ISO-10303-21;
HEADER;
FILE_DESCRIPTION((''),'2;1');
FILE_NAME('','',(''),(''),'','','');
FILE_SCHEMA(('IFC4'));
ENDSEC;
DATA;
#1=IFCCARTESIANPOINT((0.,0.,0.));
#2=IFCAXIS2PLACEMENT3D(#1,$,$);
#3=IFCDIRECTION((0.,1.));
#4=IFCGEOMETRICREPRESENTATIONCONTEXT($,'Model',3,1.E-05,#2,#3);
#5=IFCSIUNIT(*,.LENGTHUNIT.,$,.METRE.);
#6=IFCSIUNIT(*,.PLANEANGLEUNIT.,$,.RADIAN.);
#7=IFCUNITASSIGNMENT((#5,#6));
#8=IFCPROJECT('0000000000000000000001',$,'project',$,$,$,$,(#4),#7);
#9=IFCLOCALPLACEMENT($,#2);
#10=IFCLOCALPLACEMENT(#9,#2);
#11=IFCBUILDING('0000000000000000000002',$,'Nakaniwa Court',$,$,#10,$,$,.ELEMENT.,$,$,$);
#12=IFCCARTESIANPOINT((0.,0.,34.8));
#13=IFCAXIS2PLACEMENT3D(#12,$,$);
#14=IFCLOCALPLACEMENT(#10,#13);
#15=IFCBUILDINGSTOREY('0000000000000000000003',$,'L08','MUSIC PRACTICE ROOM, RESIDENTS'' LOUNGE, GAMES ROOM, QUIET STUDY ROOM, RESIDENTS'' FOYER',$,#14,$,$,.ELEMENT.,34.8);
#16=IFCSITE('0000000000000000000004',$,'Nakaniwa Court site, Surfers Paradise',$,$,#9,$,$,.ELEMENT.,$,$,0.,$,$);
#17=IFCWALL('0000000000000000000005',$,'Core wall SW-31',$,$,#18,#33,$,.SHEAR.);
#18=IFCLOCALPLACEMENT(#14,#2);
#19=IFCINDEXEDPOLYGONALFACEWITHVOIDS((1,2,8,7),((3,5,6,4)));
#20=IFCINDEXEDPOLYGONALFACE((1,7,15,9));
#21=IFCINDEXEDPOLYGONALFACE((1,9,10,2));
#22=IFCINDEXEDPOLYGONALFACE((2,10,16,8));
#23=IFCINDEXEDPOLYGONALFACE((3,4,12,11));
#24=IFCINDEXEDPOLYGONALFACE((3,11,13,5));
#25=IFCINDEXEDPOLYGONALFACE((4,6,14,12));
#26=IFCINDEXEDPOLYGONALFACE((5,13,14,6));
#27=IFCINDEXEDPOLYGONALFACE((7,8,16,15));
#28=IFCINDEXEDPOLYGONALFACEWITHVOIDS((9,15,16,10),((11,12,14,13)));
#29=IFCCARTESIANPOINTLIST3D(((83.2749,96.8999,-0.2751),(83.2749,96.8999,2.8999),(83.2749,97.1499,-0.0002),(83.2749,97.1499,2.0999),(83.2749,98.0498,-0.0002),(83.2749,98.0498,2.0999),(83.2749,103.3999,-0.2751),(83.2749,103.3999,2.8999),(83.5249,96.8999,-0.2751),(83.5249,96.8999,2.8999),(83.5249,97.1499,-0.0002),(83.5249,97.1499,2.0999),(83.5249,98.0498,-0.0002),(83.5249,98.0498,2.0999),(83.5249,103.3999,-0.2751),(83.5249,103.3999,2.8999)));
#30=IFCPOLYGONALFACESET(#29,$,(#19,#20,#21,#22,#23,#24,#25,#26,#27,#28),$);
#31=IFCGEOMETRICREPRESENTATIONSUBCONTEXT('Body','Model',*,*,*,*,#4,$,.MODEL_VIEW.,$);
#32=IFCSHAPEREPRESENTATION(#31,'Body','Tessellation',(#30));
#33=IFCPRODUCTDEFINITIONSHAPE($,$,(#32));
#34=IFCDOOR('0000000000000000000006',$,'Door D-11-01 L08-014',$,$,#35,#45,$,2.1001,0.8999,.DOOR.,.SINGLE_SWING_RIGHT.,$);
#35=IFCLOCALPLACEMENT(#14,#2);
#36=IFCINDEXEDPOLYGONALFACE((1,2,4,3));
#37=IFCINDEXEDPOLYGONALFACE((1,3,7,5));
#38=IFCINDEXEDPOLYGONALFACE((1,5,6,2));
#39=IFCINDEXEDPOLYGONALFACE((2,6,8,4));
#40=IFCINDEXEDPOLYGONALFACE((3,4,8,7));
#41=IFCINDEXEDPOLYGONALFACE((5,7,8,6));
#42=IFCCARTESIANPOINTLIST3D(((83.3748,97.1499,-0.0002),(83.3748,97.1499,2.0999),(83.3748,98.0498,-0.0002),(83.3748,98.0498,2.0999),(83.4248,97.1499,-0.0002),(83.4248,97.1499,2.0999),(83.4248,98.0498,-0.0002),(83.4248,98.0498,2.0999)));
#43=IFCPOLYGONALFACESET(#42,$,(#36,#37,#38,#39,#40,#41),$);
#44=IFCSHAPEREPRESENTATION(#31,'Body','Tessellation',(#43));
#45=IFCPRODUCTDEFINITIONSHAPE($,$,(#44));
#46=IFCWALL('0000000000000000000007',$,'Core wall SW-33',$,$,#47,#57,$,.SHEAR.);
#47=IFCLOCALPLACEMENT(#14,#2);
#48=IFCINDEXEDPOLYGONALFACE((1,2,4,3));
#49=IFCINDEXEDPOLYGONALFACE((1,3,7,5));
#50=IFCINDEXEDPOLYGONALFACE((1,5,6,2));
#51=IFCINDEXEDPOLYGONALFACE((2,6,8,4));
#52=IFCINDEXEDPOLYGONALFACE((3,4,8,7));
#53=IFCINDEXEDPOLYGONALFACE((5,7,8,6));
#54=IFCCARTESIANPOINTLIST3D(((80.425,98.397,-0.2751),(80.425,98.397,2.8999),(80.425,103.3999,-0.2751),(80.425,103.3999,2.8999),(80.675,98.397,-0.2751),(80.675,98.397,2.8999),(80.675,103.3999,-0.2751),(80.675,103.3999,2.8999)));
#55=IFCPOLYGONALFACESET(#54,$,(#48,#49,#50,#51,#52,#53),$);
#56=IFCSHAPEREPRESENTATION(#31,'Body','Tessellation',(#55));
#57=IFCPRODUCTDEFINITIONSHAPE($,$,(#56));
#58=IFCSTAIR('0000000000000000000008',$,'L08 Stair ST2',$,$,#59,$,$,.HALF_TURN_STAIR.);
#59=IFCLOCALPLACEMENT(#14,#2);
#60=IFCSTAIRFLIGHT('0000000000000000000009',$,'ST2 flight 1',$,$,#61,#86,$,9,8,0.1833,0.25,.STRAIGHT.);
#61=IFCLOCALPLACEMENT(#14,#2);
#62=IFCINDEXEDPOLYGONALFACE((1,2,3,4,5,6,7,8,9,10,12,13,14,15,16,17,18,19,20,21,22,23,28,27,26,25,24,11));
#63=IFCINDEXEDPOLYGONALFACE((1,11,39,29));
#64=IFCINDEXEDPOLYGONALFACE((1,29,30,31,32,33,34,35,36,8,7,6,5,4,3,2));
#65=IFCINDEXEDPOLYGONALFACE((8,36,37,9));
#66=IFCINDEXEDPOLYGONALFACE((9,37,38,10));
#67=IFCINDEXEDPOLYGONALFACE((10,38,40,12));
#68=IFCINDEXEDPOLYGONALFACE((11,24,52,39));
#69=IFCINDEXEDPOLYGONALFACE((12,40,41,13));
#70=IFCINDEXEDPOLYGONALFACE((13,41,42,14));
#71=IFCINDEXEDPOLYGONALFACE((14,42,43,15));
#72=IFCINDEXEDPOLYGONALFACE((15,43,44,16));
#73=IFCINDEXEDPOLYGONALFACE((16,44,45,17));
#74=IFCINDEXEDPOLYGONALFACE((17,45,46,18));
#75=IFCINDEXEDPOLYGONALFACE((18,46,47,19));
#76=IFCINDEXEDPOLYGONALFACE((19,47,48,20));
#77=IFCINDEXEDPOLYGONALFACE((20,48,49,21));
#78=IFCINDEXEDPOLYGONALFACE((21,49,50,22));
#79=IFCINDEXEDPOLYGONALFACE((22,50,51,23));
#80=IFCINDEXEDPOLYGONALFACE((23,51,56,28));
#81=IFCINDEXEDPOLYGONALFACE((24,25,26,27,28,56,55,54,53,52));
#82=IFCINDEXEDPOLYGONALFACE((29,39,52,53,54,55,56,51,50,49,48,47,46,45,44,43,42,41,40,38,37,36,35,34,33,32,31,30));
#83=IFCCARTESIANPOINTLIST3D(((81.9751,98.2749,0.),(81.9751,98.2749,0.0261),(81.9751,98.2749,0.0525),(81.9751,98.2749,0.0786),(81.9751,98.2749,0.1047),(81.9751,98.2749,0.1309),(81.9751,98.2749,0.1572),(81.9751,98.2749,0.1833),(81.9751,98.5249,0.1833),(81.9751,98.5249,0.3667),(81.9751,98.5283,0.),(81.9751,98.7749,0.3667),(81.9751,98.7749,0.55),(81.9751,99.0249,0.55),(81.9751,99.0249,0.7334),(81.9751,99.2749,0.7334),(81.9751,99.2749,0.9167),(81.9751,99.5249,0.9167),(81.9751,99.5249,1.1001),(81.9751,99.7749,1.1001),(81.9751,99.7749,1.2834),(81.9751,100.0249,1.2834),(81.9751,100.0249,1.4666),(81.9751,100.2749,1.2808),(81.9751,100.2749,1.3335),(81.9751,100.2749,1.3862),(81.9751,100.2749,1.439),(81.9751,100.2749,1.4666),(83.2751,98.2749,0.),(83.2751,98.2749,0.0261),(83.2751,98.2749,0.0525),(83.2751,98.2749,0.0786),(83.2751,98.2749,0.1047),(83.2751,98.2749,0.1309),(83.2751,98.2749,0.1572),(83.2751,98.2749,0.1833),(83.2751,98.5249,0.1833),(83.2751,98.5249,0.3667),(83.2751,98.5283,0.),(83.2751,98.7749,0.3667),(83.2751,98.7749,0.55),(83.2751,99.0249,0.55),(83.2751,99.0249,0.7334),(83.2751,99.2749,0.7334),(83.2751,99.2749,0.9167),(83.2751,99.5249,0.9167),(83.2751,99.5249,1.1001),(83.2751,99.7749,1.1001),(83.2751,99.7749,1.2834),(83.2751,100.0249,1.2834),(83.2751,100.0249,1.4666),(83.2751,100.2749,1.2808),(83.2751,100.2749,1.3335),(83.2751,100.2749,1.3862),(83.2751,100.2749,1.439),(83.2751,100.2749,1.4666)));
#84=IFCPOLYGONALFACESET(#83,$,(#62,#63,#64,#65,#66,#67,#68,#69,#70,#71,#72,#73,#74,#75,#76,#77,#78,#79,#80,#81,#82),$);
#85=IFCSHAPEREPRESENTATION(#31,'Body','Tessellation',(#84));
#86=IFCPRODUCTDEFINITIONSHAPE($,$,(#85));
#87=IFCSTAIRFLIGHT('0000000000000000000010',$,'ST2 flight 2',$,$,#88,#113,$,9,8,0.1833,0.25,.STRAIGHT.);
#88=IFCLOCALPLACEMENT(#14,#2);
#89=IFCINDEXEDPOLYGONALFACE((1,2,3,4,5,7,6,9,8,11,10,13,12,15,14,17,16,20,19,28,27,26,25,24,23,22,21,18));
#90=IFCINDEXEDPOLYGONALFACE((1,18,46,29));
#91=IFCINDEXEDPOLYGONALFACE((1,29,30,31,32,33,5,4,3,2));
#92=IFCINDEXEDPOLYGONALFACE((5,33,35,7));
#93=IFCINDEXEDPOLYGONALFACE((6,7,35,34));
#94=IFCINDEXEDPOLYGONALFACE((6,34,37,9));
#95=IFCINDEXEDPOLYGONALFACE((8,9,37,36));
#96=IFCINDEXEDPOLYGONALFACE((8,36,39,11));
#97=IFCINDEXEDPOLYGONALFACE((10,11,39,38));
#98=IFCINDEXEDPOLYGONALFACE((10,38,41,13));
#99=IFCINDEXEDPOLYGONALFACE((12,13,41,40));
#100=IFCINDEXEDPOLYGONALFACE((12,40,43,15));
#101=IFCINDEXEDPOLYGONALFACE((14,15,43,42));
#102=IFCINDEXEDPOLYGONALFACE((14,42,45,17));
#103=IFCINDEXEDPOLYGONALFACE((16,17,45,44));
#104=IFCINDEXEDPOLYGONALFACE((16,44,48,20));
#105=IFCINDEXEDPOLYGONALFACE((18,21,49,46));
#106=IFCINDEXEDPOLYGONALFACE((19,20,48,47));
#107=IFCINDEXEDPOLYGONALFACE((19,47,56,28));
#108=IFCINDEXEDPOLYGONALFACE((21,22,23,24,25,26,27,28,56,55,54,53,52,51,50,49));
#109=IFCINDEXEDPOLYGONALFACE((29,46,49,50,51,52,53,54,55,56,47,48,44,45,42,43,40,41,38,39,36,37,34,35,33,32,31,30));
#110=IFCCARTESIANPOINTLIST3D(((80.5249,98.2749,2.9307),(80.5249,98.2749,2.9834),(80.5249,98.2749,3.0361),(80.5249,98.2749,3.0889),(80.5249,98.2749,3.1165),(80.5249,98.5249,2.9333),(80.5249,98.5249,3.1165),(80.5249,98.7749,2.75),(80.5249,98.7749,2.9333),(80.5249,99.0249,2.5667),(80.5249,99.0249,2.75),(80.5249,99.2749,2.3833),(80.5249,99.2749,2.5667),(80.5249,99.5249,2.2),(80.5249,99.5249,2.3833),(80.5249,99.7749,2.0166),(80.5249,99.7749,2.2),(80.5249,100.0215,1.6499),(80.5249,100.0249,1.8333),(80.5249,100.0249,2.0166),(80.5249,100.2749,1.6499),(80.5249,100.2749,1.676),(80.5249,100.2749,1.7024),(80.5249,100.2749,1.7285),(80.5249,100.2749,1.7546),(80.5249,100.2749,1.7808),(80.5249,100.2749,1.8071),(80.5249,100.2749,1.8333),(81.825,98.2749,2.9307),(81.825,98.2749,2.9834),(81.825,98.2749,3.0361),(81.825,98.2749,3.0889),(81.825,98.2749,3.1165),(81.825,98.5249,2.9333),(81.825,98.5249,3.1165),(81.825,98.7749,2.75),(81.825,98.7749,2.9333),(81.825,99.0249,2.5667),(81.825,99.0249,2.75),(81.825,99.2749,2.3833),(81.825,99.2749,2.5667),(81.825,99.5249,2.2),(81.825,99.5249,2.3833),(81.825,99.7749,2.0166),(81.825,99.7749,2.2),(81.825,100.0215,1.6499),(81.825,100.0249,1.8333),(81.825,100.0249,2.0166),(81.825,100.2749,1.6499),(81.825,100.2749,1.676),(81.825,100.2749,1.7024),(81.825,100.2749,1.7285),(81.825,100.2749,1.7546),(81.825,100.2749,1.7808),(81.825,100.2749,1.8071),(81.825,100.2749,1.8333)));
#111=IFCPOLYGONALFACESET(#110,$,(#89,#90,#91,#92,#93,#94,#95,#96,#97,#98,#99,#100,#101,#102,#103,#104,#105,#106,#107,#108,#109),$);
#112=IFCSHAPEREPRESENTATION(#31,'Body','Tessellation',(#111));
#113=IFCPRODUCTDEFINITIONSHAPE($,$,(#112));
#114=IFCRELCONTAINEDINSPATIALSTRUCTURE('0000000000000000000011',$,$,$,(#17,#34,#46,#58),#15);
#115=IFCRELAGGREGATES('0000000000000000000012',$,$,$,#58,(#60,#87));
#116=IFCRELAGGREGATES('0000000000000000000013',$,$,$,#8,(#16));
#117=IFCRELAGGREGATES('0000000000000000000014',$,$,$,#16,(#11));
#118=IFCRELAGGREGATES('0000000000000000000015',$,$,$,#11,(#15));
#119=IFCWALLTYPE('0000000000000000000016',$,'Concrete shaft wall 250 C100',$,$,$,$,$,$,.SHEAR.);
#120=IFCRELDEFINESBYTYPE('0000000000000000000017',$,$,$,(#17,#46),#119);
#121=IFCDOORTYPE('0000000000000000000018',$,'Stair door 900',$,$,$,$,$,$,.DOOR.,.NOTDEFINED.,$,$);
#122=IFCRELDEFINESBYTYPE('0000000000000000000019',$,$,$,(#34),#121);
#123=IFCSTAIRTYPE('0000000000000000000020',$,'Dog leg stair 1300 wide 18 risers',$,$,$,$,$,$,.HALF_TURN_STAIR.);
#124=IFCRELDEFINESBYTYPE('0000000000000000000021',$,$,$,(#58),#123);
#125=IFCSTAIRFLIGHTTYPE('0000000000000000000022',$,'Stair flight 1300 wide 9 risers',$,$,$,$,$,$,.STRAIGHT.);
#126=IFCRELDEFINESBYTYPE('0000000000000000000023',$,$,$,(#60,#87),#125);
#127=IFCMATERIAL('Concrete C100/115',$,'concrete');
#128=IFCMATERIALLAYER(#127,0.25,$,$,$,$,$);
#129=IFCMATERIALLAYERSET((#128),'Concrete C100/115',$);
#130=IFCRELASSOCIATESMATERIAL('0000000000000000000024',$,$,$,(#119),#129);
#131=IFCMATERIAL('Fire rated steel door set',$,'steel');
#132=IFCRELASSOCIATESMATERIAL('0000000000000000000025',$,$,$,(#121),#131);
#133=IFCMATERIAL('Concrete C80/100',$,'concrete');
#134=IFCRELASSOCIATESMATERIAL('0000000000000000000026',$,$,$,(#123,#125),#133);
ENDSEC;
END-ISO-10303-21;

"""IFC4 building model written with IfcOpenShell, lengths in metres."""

from ifc_helpers import new_model, si_unit, direction, frame, frame_2d, origin, place, context, subcontext, project, spatial, polyline, rectangle, outline, extrude, material, layer, layer_set, type_object, element, fill, aggregate, save


model = new_model("IFC4")

# Units and contexts
model_context = context("Model", 3, precision=1e-05, world=origin(), true_north=direction((0.0, 1.0)))
body_context = subcontext(model_context, "Body", "Model", "MODEL_VIEW")
ifc_project = project(units=[si_unit("LENGTHUNIT", "METRE"), si_unit("PLANEANGLEUNIT", "RADIAN")], contexts=[model_context])

# Site, building, storey
site_placement = place(None, origin())
site = spatial("IfcSite", under=ifc_project, at=site_placement, Name="Nakaniwa Court site, Surfers Paradise", CompositionType="ELEMENT", RefElevation=0.0)
building_placement = place(site_placement, origin())
building = spatial("IfcBuilding", under=site, at=building_placement, Name="Nakaniwa Court", CompositionType="ELEMENT")
storey_placement = place(building_placement, frame((0.0, 0.0, 34.8)))
storey = spatial("IfcBuildingStorey", under=building, at=storey_placement, Name="L08", Description="MUSIC PRACTICE ROOM, RESIDENTS' LOUNGE, GAMES ROOM, QUIET STUDY ROOM, RESIDENTS' FOYER", CompositionType="ELEMENT", Elevation=34.8)

# Shared definitions
ifc_material_1 = material(Name="Concrete C80/100", Category="concrete")

# Shared definitions
ifc_material_2 = material(Name="Fire rated steel door set", Category="steel")

# Shared definitions
ifc_material_3 = material(Name="Concrete C100/115", Category="concrete")
ifc_layer_1 = layer(ifc_material_3, 0.25)
ifc_layer_set_1 = layer_set([ifc_layer_1], Name="Concrete C100/115")
wall_type_1 = type_object("IfcWallType", Name="Concrete shaft wall 250 C100", PredefinedType="SHEAR", material=ifc_layer_set_1)

# Wall, opening, door
wall_1_placement = place(storey_placement, frame((83.3999, 103.3999, -0.2751), z_axis=(0.0, 0.0, 1.0), x_axis=(0.0, -1.0, 0.0)))
wall_1 = element("IfcWall", 1, at=wall_1_placement, inside=storey, type_object=wall_type_1, Name="Core wall SW-31", PredefinedType="SHEAR", context=body_context, shape_type="SweptSolid", body=[
    extrude(rectangle(XDim=6.5, YDim=0.25, at=frame_2d((3.25, 0.0))), origin(), (0.0, 0.0, 1.0), 3.175),
])
opening_1_placement = place(wall_1_placement, frame((5.3501, 0.0, 0.2749)))
opening_1 = element("IfcOpeningElement", 2, at=opening_1_placement, cuts=wall_1, PredefinedType="OPENING", context=body_context, shape_type="SweptSolid", body=[
    extrude(rectangle(XDim=0.8999, YDim=2.1001, at=frame_2d((0.45, 1.05))), frame((0.0, 0.135, 0.0), z_axis=(0.0, -1.0, 0.0), x_axis=(1.0, 0.0, 0.0)), (0.0, 0.0, 1.0), 0.27),
])
door_type_1 = type_object("IfcDoorType", Name="Stair door 900", OperationType="NOTDEFINED", PredefinedType="DOOR", material=ifc_material_2)
door_1_placement = place(opening_1_placement, origin())
door_1 = element("IfcDoor", 3, at=door_1_placement, inside=storey, type_object=door_type_1, Name="Door D-11-01 L08-014", OperationType="SINGLE_SWING_RIGHT", OverallHeight=2.1001, OverallWidth=0.8999, PredefinedType="DOOR", context=body_context, shape_type="SweptSolid", body=[
    extrude(rectangle(XDim=0.8999, YDim=2.1001, at=frame_2d((0.45, 1.05))), frame((0.0, 0.0249, 0.0), z_axis=(0.0, -1.0, 0.0), x_axis=(1.0, 0.0, 0.0)), (0.0, 0.0, 1.0), 0.05),
])
fill(opening_1, door_1)

# Wall
wall_2_placement = place(storey_placement, frame((80.55, 98.397, -0.2751), z_axis=(0.0, 0.0, 1.0), x_axis=(0.0, 1.0, 0.0)))
element("IfcWall", 4, at=wall_2_placement, inside=storey, type_object=wall_type_1, Name="Core wall SW-33", PredefinedType="SHEAR", context=body_context, shape_type="SweptSolid", body=[
    extrude(rectangle(XDim=5.0029, YDim=0.25, at=frame_2d((2.5015, 0.0))), origin(), (0.0, 0.0, 1.0), 3.175),
])

# Stair, stair flights
stair_type = type_object("IfcStairType", Name="Dog leg stair 1300 wide 18 risers", PredefinedType="HALF_TURN_STAIR", material=ifc_material_1)
stair_placement = place(storey_placement, origin())
stair = element("IfcStair", 5, at=stair_placement, inside=storey, type_object=stair_type, Name="L08 Stair ST2", PredefinedType="HALF_TURN_STAIR")
stair_flight_type = type_object("IfcStairFlightType", Name="Stair flight 1300 wide 9 risers", PredefinedType="STRAIGHT", material=ifc_material_1)
stair_flight_1_placement = place(storey_placement, frame((82.625, 98.2749, 0.0), z_axis=(0.0, 0.0, 1.0), x_axis=(0.0, 1.0, 0.0)))
stair_flight_1 = element("IfcStairFlight", 6, at=stair_flight_1_placement, type_object=stair_flight_type, Name="ST2 flight 1", NumberOfRisers=9, NumberOfTreads=8, PredefinedType="STRAIGHT", RiserHeight=0.1833, TreadLength=0.25, context=body_context, shape_type="SweptSolid", body=[
    extrude(outline(polyline([(0.0, 0.0), (0.0, 0.0261), (0.0, 0.0525), (0.0, 0.0786), (0.0, 0.1047), (0.0, 0.1309), (0.0, 0.1572), (0.0, 0.1833), (0.25, 0.1833), (0.25, 0.3667), (0.5, 0.3667), (0.5, 0.55), (0.75, 0.55), (0.75, 0.7334), (1.0, 0.7334), (1.0, 0.9167), (1.25, 0.9167), (1.25, 1.1001), (1.5, 1.1001), (1.5, 1.2834), (1.75, 1.2834), (1.75, 1.4666), (2.0, 1.4666), (2.0, 1.6499), (2.0, 1.5972), (2.0, 1.5444), (2.0, 1.4917), (2.0, 1.439), (2.0, 1.3862), (2.0, 1.3335), (2.0, 1.2808), (0.2534, 0.0), (0.0, 0.0)])), frame((0.0, 0.6499, 0.0), z_axis=(0.0, -1.0, 0.0), x_axis=(1.0, 0.0, 0.0)), (0.0, 0.0, 1.0), 1.3),
])
stair_flight_2_placement = place(storey_placement, frame((81.175, 100.2749, 1.6499), z_axis=(0.0, 0.0, 1.0), x_axis=(0.0, -1.0, 0.0)))
stair_flight_2 = element("IfcStairFlight", 7, at=stair_flight_2_placement, type_object=stair_flight_type, Name="ST2 flight 2", NumberOfRisers=9, NumberOfTreads=8, PredefinedType="STRAIGHT", RiserHeight=0.1833, TreadLength=0.25, context=body_context, shape_type="SweptSolid", body=[
    extrude(outline(polyline([(0.0, 0.0), (0.0, 0.0261), (0.0, 0.0525), (0.0, 0.0786), (0.0, 0.1047), (0.0, 0.1309), (0.0, 0.1572), (0.0, 0.1833), (0.25, 0.1833), (0.25, 0.3667), (0.5, 0.3667), (0.5, 0.55), (0.75, 0.55), (0.75, 0.7334), (1.0, 0.7334), (1.0, 0.9167), (1.25, 0.9167), (1.25, 1.1001), (1.5, 1.1001), (1.5, 1.2834), (1.75, 1.2834), (1.75, 1.4666), (2.0, 1.4666), (2.0, 1.6499), (2.0, 1.5972), (2.0, 1.5444), (2.0, 1.4917), (2.0, 1.439), (2.0, 1.3862), (2.0, 1.3335), (2.0, 1.2808), (0.2534, 0.0), (0.0, 0.0)])), frame((0.0, 0.6499, 0.0), z_axis=(0.0, -1.0, 0.0), x_axis=(1.0, 0.0, 0.0)), (0.0, 0.0, 1.0), 1.3),
])
aggregate(stair, [stair_flight_1, stair_flight_2])

save(model, "model.ifc")
